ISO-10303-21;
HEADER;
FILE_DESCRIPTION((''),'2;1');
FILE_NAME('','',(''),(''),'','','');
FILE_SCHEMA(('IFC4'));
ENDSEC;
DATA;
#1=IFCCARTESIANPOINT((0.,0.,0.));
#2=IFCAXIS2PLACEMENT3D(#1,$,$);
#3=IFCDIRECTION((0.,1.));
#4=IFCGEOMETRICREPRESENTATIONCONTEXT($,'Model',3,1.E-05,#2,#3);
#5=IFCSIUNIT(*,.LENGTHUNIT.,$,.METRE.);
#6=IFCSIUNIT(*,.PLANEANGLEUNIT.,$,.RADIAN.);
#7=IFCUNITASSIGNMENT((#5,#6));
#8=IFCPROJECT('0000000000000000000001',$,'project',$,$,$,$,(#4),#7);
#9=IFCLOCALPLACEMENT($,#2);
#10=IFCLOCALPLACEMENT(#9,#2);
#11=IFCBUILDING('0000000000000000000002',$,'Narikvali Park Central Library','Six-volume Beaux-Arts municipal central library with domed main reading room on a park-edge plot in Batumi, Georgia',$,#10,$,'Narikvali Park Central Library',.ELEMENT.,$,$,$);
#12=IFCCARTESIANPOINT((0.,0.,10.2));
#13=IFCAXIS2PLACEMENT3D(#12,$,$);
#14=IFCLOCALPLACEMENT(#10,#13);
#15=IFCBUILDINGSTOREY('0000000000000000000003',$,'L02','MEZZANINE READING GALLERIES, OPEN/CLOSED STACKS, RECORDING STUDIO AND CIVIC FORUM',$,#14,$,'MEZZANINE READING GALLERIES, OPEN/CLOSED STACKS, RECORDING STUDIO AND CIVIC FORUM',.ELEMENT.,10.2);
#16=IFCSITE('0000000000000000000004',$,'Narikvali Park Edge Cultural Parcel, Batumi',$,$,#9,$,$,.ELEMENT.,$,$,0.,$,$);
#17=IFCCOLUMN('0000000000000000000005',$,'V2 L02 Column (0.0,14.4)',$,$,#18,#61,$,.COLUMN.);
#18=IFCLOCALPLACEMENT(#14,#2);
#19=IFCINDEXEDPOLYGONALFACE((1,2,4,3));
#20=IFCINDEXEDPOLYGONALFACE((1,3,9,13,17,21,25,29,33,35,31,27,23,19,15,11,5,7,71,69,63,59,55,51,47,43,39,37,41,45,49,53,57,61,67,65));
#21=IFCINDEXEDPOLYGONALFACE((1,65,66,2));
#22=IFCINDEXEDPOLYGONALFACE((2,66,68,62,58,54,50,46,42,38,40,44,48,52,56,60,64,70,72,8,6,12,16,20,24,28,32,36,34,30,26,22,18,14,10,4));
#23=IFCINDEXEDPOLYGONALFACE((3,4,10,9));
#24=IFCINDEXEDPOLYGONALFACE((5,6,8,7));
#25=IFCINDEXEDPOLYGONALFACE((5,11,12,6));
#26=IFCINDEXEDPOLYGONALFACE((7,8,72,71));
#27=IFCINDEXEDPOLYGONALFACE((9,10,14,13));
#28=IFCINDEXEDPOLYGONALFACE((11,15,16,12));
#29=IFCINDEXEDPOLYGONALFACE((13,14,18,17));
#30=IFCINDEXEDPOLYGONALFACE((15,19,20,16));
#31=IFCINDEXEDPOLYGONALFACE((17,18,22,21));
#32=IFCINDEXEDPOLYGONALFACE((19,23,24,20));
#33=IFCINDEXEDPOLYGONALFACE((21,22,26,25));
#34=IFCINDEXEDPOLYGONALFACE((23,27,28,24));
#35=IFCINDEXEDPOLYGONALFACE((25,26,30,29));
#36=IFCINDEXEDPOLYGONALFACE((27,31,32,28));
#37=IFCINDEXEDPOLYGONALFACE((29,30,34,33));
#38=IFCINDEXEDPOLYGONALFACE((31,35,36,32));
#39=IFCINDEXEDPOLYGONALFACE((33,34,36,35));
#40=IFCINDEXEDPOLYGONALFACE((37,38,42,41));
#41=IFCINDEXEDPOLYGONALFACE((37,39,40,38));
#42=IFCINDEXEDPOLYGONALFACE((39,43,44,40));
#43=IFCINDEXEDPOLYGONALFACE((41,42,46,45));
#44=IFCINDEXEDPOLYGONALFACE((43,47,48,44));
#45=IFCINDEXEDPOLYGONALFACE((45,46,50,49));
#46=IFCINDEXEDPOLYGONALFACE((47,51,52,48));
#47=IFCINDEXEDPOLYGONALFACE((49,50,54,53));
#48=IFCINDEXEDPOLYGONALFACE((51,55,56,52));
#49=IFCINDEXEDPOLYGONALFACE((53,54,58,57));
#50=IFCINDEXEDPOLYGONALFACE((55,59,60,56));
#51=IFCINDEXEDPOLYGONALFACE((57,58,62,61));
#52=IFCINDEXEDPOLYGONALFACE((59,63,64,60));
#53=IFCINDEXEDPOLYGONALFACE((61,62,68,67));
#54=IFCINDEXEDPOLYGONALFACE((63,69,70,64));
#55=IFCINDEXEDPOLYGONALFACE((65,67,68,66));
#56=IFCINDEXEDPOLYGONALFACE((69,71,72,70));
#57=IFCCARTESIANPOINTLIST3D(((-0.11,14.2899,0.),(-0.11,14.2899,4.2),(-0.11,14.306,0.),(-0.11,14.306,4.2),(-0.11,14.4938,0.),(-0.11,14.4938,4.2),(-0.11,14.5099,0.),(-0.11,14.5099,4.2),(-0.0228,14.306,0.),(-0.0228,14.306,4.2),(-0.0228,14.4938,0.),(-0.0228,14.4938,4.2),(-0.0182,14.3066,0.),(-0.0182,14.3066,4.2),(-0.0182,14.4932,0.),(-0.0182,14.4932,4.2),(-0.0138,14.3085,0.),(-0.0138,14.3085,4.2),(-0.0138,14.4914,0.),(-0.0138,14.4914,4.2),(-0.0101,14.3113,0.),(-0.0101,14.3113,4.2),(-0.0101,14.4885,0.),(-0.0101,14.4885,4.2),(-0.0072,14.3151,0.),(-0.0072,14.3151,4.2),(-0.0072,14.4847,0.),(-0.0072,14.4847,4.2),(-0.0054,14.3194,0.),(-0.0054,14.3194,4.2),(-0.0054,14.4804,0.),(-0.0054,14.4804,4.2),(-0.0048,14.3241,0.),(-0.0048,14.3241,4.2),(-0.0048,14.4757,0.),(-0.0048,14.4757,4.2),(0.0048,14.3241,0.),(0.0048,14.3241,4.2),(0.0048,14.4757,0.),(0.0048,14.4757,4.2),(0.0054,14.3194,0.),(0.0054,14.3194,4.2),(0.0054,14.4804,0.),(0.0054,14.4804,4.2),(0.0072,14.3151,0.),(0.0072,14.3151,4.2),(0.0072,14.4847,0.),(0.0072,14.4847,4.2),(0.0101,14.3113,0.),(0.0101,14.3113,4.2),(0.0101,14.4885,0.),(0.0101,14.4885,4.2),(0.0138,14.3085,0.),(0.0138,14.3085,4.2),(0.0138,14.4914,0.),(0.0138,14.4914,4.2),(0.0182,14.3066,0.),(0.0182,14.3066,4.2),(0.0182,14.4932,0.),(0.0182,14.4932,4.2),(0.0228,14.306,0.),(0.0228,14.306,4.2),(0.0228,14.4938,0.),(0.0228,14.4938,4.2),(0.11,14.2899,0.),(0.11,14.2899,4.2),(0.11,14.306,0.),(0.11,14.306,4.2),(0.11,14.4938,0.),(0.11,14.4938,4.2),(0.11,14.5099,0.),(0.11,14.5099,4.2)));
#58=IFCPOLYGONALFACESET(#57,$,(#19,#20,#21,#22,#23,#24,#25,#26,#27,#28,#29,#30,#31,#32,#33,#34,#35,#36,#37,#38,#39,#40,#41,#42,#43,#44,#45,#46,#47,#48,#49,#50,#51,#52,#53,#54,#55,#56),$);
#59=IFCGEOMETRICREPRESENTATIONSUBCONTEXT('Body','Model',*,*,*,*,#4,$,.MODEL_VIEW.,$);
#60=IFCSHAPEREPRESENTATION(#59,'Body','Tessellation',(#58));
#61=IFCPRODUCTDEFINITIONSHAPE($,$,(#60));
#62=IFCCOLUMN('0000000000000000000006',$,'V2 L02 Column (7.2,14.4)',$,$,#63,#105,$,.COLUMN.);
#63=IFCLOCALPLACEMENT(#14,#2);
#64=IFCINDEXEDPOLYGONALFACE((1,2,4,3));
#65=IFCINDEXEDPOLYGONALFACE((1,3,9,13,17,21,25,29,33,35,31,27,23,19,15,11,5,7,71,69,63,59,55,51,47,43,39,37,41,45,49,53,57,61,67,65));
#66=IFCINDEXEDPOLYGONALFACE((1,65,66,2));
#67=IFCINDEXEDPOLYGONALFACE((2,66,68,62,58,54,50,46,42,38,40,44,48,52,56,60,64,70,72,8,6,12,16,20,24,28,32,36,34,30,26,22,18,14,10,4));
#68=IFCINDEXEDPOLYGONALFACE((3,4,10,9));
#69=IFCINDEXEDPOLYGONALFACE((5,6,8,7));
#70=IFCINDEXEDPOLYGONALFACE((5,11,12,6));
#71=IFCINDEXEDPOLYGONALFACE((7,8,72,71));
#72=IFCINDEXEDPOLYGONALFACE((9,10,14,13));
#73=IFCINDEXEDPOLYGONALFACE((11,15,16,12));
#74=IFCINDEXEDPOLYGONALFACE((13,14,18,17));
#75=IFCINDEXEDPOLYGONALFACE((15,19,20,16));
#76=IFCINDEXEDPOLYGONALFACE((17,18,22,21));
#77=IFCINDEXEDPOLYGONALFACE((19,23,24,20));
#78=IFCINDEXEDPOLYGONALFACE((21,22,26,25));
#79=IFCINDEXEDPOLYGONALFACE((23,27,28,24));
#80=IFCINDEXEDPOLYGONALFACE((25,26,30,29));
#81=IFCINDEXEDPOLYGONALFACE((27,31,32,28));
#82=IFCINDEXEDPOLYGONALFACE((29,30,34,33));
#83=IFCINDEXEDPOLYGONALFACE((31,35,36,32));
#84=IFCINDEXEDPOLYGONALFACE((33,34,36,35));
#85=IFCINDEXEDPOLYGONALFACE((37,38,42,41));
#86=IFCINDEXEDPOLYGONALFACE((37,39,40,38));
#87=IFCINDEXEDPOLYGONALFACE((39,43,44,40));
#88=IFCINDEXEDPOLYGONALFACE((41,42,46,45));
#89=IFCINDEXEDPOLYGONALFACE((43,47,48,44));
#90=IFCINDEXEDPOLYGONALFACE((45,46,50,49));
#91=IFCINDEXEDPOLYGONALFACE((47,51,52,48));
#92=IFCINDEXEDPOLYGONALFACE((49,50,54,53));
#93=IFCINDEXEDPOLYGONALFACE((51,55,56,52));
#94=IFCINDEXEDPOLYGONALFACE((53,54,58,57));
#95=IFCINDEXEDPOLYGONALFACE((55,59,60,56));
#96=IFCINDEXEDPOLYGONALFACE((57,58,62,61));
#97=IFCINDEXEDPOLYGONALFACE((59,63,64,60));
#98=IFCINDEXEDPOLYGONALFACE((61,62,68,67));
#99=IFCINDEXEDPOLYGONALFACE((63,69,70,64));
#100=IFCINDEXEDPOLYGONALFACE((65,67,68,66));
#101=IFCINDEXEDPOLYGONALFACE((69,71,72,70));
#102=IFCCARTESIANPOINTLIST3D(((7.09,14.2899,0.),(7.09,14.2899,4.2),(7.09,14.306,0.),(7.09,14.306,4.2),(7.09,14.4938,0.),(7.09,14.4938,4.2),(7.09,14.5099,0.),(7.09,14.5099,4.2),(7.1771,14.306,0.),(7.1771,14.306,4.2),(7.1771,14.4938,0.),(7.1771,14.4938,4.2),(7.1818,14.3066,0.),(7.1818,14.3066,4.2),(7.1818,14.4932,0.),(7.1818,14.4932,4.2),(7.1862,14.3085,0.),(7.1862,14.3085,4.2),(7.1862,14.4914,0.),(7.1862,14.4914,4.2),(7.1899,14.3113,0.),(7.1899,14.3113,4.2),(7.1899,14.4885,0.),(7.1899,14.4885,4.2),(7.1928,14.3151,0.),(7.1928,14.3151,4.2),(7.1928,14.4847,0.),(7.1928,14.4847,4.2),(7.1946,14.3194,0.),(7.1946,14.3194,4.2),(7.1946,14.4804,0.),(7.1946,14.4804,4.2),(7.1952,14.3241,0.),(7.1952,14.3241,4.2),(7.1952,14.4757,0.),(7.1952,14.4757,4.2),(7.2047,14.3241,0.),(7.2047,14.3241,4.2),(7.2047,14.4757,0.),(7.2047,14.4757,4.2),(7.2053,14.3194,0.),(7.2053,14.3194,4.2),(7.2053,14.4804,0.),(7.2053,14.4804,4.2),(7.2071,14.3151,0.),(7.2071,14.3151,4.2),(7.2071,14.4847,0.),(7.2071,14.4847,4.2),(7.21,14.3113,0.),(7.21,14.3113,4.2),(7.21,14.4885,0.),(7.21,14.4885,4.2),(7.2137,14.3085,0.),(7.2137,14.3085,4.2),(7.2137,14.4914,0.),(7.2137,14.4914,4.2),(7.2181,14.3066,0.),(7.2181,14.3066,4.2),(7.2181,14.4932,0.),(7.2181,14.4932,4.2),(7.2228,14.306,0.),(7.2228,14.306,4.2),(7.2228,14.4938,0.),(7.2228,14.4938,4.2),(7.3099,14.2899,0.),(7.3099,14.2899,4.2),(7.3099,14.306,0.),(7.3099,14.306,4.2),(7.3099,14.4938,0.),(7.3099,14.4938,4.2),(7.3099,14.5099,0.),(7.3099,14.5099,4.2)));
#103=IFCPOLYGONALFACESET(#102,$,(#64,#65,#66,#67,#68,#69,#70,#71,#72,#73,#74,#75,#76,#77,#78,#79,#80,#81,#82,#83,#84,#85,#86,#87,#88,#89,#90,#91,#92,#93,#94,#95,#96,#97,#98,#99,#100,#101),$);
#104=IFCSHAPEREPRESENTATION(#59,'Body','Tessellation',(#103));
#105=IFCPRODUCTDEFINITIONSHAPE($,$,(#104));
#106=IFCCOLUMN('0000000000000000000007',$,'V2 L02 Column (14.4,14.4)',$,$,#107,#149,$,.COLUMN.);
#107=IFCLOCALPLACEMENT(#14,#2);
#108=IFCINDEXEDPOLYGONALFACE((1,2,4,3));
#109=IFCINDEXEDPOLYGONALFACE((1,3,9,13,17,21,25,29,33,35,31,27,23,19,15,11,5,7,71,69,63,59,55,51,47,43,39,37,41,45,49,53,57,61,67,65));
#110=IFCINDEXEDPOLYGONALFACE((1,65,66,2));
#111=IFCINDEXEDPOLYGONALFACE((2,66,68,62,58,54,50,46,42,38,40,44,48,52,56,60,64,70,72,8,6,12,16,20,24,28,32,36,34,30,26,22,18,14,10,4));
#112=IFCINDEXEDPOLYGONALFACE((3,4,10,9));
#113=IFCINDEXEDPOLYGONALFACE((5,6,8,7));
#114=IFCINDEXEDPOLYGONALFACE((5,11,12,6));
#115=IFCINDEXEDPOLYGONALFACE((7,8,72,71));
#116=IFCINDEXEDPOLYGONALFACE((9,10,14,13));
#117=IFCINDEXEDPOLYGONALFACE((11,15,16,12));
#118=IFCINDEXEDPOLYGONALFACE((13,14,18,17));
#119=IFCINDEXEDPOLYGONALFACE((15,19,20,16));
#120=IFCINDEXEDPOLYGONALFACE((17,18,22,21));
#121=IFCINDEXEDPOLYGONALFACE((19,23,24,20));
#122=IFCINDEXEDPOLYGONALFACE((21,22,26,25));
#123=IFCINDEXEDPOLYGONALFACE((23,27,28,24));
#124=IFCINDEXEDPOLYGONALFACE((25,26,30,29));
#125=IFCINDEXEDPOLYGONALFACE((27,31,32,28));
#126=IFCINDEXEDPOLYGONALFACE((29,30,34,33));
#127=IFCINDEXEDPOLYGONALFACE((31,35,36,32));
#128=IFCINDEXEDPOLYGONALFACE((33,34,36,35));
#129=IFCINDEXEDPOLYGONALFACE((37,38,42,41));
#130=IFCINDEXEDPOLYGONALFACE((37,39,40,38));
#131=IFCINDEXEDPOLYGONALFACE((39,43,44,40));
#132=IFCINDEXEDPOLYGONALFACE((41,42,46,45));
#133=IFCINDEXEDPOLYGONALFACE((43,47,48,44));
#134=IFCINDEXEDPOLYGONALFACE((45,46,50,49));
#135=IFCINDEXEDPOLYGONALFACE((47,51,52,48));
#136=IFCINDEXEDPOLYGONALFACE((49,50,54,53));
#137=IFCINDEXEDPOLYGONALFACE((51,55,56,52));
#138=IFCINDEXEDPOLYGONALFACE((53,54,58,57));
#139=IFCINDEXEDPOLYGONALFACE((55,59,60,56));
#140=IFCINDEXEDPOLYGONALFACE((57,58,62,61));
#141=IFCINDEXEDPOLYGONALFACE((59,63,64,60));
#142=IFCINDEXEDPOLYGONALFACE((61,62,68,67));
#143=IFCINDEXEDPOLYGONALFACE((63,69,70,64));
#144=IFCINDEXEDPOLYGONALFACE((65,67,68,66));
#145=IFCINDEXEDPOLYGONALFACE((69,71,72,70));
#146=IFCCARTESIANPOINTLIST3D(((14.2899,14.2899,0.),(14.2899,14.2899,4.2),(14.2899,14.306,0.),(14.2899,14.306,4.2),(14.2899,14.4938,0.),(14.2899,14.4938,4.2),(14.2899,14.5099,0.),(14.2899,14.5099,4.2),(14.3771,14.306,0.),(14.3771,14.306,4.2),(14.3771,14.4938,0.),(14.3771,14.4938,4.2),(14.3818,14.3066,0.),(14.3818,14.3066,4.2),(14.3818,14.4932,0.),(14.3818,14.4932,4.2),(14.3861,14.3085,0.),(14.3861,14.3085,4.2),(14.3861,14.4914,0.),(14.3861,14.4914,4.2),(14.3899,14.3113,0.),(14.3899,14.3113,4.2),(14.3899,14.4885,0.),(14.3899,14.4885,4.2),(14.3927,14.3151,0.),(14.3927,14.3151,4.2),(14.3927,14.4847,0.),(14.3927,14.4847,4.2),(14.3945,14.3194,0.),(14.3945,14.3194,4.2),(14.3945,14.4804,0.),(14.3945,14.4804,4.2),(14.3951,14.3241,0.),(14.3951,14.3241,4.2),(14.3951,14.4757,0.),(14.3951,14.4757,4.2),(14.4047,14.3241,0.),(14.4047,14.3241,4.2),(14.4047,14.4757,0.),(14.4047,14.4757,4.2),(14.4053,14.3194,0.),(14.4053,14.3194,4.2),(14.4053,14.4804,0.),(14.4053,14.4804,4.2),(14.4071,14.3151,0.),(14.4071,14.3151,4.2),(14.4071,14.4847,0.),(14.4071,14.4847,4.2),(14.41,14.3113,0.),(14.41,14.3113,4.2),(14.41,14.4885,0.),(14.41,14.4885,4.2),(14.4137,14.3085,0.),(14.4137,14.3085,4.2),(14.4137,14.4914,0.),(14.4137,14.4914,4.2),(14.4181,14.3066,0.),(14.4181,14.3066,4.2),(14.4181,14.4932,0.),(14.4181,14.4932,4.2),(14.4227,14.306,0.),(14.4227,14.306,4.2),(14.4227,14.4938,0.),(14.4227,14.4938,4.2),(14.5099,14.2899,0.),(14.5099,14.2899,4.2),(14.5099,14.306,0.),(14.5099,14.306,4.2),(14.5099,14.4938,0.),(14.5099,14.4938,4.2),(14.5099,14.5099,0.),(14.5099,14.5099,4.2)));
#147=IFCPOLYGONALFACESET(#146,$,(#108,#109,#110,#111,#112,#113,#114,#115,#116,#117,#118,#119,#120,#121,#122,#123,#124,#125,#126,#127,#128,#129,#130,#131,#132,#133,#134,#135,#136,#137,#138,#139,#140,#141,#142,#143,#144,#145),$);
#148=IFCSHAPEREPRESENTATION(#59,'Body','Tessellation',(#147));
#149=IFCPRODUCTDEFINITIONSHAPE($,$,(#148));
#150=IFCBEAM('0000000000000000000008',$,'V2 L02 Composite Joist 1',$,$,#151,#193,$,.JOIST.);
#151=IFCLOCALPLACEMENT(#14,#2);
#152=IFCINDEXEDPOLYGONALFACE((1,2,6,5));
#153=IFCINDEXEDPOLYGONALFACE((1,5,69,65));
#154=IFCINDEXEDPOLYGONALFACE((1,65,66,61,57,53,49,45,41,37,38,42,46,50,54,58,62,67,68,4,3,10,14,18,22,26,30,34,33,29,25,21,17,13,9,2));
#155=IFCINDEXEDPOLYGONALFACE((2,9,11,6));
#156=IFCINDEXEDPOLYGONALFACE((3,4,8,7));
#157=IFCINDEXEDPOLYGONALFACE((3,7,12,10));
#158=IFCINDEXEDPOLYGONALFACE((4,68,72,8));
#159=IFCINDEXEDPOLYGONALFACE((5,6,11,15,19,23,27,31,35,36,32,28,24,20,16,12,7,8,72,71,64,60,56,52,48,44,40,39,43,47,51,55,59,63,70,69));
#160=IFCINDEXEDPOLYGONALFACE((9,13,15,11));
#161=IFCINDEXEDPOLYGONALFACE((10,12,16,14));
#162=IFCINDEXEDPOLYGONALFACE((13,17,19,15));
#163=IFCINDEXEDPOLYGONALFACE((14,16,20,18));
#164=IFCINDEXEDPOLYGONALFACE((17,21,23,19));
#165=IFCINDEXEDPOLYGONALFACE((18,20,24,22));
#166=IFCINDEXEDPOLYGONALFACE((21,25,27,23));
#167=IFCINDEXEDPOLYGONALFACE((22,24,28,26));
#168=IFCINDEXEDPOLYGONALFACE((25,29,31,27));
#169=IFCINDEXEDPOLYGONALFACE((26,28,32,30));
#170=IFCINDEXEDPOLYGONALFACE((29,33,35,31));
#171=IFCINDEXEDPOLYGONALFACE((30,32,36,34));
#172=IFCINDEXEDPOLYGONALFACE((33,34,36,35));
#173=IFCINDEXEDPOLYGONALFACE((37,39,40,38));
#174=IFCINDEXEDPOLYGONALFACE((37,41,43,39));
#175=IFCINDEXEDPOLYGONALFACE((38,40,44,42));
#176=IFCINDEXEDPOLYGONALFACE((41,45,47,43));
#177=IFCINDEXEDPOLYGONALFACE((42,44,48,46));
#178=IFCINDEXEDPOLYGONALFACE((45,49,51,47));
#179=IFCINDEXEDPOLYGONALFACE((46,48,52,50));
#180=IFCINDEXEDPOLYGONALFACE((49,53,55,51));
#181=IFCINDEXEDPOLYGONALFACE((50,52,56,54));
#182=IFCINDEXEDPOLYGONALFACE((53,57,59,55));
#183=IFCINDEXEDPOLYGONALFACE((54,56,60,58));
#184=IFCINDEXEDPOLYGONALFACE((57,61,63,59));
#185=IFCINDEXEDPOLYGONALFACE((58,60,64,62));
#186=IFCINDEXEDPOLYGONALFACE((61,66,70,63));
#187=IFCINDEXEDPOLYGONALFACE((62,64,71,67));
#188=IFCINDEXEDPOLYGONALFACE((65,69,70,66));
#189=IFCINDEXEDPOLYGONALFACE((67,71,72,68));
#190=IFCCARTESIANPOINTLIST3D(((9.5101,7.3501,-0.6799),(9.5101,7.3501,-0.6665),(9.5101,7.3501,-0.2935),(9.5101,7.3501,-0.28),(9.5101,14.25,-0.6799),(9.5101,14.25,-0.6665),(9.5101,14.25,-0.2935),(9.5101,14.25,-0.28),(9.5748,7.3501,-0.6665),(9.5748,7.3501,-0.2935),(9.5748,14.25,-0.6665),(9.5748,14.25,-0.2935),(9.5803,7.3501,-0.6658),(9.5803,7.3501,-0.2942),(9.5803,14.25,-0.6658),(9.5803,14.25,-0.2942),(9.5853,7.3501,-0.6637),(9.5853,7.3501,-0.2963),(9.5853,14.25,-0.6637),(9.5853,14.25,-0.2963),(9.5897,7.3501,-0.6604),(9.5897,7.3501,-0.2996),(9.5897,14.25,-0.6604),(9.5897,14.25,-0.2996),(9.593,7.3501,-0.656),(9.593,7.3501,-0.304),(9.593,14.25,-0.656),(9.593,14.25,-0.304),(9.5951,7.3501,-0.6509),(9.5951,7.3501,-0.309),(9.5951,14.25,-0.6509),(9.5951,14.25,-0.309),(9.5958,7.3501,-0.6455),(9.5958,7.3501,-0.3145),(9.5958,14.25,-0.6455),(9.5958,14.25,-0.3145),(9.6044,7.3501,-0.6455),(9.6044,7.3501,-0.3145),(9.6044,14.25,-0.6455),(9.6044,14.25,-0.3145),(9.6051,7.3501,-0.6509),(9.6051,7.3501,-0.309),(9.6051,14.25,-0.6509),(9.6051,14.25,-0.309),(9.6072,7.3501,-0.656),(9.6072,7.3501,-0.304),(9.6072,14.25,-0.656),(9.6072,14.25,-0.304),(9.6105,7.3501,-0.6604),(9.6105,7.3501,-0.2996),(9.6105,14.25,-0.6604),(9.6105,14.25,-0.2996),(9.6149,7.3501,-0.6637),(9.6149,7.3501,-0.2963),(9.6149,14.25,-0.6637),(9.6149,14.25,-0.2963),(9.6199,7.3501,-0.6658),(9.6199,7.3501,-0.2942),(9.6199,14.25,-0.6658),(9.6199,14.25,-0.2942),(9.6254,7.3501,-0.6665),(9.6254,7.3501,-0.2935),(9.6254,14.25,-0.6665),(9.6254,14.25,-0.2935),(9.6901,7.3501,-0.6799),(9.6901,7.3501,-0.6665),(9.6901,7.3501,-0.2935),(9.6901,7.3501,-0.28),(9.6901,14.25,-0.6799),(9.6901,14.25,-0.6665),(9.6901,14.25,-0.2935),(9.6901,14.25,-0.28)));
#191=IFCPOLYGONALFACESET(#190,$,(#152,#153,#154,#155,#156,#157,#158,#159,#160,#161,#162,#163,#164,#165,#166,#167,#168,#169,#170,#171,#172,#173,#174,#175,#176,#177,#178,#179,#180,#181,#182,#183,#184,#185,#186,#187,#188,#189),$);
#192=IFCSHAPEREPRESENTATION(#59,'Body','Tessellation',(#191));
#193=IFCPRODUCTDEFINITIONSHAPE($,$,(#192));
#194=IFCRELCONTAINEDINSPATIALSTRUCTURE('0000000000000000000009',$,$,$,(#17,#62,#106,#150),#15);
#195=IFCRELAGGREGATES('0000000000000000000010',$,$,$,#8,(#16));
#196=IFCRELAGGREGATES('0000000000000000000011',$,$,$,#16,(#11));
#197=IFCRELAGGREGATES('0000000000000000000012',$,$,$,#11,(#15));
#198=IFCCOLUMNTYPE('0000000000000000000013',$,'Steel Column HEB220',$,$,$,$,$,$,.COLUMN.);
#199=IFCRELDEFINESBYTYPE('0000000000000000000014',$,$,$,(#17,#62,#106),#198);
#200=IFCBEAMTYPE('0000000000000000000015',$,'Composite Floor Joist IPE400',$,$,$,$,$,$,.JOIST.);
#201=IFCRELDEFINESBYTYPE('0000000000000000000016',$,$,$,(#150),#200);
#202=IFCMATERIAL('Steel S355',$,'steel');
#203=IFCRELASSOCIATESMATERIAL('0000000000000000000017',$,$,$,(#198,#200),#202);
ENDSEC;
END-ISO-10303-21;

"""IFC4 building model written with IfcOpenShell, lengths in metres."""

from ifc_helpers import new_model, si_unit, direction, frame, origin, origin_2d, place, context, subcontext, project, spatial, i_section, extrude, material, material_profile, profile_set, type_object, element, save


model = new_model("IFC4")

# Units and contexts
model_context = context("Model", 3, precision=1e-05, world=origin(), true_north=direction((0.0, 1.0)))
body_context = subcontext(model_context, "Body", "Model", "MODEL_VIEW")
ifc_project = project(units=[si_unit("LENGTHUNIT", "METRE"), si_unit("PLANEANGLEUNIT", "RADIAN")], contexts=[model_context])

# Site, building, storey
site_placement = place(None, origin())
site = spatial("IfcSite", under=ifc_project, at=site_placement, Name="Narikvali Park Edge Cultural Parcel, Batumi", CompositionType="ELEMENT", RefElevation=0.0)
building_placement = place(site_placement, origin())
building = spatial("IfcBuilding", under=site, at=building_placement, Name="Narikvali Park Central Library", Description="Six-volume Beaux-Arts municipal central library with domed main reading room on a park-edge plot in Batumi, Georgia", LongName="Narikvali Park Central Library", CompositionType="ELEMENT")
storey_placement = place(building_placement, frame((0.0, 0.0, 10.2)))
storey = spatial("IfcBuildingStorey", under=building, at=storey_placement, Name="L02", Description="MEZZANINE READING GALLERIES, OPEN/CLOSED STACKS, RECORDING STUDIO AND CIVIC FORUM", LongName="MEZZANINE READING GALLERIES, OPEN/CLOSED STACKS, RECORDING STUDIO AND CIVIC FORUM", CompositionType="ELEMENT", Elevation=10.2)

# Columns
ifc_material_1 = material(Name="Steel S355", Category="steel")
ifc_material_profile_1 = material_profile(ifc_material_1, i_section(OverallWidth=0.22, OverallDepth=0.22, WebThickness=0.0095, FlangeThickness=0.0161, FilletRadius=0.0181, at=origin_2d()), Name="HEB 220")
ifc_profile_set_1 = profile_set([ifc_material_profile_1], Name="Steel S355")
column_type = type_object("IfcColumnType", Name="Steel Column HEB220", PredefinedType="COLUMN", material=ifc_profile_set_1)
for number, where, z_axis, x_axis, name in (
    (1, (0.0, 14.3999, 0.0), (0.0, 0.0, 1.0), (1.0, 0.0, 0.0), "V2 L02 Column (0.0,14.4)"),
    (2, (7.2, 14.3999, 0.0), (0.0, 0.0, 1.0), (1.0, 0.0, 0.0), "V2 L02 Column (7.2,14.4)"),
    (3, (14.3999, 14.3999, 0.0), (0.0, 0.0, 1.0), (1.0, 0.0, 0.0), "V2 L02 Column (14.4,14.4)"),
):
    element("IfcColumn", number, at=place(storey_placement, frame(where, z_axis=z_axis, x_axis=x_axis)), inside=storey, type_object=column_type, Name=name, PredefinedType="COLUMN", context=body_context, shape_type="SweptSolid", body=[
        extrude(i_section(OverallWidth=0.22, OverallDepth=0.22, WebThickness=0.0095, FlangeThickness=0.0161, FilletRadius=0.0181, at=origin_2d()), origin(), (0.0, 0.0, 1.0), 4.2),
    ])

# Beam
ifc_material_profile_2 = material_profile(ifc_material_1, i_section(OverallWidth=0.1799, OverallDepth=0.3999, WebThickness=0.0085, FlangeThickness=0.0134, FilletRadius=0.021, at=origin_2d()), Name="IPE 400")
ifc_profile_set_2 = profile_set([ifc_material_profile_2], Name="Steel S355")
beam_type_1 = type_object("IfcBeamType", Name="Composite Floor Joist IPE400", PredefinedType="JOIST", material=ifc_profile_set_2)
for number, where, z_axis, x_axis, name in (
    (4, (9.6001, 7.3501, -0.48), (0.0, 1.0, 0.0), (-1.0, 0.0, 0.0), "V2 L02 Composite Joist 1"),
):
    element("IfcBeam", number, at=place(storey_placement, frame(where, z_axis=z_axis, x_axis=x_axis)), inside=storey, type_object=beam_type_1, Name=name, PredefinedType="JOIST", context=body_context, shape_type="SweptSolid", body=[
        extrude(i_section(OverallWidth=0.1799, OverallDepth=0.3999, WebThickness=0.0085, FlangeThickness=0.0134, FilletRadius=0.021, at=origin_2d()), origin(), (0.0, 0.0, 1.0), 6.8999),
    ])

save(model, "model.ifc")
